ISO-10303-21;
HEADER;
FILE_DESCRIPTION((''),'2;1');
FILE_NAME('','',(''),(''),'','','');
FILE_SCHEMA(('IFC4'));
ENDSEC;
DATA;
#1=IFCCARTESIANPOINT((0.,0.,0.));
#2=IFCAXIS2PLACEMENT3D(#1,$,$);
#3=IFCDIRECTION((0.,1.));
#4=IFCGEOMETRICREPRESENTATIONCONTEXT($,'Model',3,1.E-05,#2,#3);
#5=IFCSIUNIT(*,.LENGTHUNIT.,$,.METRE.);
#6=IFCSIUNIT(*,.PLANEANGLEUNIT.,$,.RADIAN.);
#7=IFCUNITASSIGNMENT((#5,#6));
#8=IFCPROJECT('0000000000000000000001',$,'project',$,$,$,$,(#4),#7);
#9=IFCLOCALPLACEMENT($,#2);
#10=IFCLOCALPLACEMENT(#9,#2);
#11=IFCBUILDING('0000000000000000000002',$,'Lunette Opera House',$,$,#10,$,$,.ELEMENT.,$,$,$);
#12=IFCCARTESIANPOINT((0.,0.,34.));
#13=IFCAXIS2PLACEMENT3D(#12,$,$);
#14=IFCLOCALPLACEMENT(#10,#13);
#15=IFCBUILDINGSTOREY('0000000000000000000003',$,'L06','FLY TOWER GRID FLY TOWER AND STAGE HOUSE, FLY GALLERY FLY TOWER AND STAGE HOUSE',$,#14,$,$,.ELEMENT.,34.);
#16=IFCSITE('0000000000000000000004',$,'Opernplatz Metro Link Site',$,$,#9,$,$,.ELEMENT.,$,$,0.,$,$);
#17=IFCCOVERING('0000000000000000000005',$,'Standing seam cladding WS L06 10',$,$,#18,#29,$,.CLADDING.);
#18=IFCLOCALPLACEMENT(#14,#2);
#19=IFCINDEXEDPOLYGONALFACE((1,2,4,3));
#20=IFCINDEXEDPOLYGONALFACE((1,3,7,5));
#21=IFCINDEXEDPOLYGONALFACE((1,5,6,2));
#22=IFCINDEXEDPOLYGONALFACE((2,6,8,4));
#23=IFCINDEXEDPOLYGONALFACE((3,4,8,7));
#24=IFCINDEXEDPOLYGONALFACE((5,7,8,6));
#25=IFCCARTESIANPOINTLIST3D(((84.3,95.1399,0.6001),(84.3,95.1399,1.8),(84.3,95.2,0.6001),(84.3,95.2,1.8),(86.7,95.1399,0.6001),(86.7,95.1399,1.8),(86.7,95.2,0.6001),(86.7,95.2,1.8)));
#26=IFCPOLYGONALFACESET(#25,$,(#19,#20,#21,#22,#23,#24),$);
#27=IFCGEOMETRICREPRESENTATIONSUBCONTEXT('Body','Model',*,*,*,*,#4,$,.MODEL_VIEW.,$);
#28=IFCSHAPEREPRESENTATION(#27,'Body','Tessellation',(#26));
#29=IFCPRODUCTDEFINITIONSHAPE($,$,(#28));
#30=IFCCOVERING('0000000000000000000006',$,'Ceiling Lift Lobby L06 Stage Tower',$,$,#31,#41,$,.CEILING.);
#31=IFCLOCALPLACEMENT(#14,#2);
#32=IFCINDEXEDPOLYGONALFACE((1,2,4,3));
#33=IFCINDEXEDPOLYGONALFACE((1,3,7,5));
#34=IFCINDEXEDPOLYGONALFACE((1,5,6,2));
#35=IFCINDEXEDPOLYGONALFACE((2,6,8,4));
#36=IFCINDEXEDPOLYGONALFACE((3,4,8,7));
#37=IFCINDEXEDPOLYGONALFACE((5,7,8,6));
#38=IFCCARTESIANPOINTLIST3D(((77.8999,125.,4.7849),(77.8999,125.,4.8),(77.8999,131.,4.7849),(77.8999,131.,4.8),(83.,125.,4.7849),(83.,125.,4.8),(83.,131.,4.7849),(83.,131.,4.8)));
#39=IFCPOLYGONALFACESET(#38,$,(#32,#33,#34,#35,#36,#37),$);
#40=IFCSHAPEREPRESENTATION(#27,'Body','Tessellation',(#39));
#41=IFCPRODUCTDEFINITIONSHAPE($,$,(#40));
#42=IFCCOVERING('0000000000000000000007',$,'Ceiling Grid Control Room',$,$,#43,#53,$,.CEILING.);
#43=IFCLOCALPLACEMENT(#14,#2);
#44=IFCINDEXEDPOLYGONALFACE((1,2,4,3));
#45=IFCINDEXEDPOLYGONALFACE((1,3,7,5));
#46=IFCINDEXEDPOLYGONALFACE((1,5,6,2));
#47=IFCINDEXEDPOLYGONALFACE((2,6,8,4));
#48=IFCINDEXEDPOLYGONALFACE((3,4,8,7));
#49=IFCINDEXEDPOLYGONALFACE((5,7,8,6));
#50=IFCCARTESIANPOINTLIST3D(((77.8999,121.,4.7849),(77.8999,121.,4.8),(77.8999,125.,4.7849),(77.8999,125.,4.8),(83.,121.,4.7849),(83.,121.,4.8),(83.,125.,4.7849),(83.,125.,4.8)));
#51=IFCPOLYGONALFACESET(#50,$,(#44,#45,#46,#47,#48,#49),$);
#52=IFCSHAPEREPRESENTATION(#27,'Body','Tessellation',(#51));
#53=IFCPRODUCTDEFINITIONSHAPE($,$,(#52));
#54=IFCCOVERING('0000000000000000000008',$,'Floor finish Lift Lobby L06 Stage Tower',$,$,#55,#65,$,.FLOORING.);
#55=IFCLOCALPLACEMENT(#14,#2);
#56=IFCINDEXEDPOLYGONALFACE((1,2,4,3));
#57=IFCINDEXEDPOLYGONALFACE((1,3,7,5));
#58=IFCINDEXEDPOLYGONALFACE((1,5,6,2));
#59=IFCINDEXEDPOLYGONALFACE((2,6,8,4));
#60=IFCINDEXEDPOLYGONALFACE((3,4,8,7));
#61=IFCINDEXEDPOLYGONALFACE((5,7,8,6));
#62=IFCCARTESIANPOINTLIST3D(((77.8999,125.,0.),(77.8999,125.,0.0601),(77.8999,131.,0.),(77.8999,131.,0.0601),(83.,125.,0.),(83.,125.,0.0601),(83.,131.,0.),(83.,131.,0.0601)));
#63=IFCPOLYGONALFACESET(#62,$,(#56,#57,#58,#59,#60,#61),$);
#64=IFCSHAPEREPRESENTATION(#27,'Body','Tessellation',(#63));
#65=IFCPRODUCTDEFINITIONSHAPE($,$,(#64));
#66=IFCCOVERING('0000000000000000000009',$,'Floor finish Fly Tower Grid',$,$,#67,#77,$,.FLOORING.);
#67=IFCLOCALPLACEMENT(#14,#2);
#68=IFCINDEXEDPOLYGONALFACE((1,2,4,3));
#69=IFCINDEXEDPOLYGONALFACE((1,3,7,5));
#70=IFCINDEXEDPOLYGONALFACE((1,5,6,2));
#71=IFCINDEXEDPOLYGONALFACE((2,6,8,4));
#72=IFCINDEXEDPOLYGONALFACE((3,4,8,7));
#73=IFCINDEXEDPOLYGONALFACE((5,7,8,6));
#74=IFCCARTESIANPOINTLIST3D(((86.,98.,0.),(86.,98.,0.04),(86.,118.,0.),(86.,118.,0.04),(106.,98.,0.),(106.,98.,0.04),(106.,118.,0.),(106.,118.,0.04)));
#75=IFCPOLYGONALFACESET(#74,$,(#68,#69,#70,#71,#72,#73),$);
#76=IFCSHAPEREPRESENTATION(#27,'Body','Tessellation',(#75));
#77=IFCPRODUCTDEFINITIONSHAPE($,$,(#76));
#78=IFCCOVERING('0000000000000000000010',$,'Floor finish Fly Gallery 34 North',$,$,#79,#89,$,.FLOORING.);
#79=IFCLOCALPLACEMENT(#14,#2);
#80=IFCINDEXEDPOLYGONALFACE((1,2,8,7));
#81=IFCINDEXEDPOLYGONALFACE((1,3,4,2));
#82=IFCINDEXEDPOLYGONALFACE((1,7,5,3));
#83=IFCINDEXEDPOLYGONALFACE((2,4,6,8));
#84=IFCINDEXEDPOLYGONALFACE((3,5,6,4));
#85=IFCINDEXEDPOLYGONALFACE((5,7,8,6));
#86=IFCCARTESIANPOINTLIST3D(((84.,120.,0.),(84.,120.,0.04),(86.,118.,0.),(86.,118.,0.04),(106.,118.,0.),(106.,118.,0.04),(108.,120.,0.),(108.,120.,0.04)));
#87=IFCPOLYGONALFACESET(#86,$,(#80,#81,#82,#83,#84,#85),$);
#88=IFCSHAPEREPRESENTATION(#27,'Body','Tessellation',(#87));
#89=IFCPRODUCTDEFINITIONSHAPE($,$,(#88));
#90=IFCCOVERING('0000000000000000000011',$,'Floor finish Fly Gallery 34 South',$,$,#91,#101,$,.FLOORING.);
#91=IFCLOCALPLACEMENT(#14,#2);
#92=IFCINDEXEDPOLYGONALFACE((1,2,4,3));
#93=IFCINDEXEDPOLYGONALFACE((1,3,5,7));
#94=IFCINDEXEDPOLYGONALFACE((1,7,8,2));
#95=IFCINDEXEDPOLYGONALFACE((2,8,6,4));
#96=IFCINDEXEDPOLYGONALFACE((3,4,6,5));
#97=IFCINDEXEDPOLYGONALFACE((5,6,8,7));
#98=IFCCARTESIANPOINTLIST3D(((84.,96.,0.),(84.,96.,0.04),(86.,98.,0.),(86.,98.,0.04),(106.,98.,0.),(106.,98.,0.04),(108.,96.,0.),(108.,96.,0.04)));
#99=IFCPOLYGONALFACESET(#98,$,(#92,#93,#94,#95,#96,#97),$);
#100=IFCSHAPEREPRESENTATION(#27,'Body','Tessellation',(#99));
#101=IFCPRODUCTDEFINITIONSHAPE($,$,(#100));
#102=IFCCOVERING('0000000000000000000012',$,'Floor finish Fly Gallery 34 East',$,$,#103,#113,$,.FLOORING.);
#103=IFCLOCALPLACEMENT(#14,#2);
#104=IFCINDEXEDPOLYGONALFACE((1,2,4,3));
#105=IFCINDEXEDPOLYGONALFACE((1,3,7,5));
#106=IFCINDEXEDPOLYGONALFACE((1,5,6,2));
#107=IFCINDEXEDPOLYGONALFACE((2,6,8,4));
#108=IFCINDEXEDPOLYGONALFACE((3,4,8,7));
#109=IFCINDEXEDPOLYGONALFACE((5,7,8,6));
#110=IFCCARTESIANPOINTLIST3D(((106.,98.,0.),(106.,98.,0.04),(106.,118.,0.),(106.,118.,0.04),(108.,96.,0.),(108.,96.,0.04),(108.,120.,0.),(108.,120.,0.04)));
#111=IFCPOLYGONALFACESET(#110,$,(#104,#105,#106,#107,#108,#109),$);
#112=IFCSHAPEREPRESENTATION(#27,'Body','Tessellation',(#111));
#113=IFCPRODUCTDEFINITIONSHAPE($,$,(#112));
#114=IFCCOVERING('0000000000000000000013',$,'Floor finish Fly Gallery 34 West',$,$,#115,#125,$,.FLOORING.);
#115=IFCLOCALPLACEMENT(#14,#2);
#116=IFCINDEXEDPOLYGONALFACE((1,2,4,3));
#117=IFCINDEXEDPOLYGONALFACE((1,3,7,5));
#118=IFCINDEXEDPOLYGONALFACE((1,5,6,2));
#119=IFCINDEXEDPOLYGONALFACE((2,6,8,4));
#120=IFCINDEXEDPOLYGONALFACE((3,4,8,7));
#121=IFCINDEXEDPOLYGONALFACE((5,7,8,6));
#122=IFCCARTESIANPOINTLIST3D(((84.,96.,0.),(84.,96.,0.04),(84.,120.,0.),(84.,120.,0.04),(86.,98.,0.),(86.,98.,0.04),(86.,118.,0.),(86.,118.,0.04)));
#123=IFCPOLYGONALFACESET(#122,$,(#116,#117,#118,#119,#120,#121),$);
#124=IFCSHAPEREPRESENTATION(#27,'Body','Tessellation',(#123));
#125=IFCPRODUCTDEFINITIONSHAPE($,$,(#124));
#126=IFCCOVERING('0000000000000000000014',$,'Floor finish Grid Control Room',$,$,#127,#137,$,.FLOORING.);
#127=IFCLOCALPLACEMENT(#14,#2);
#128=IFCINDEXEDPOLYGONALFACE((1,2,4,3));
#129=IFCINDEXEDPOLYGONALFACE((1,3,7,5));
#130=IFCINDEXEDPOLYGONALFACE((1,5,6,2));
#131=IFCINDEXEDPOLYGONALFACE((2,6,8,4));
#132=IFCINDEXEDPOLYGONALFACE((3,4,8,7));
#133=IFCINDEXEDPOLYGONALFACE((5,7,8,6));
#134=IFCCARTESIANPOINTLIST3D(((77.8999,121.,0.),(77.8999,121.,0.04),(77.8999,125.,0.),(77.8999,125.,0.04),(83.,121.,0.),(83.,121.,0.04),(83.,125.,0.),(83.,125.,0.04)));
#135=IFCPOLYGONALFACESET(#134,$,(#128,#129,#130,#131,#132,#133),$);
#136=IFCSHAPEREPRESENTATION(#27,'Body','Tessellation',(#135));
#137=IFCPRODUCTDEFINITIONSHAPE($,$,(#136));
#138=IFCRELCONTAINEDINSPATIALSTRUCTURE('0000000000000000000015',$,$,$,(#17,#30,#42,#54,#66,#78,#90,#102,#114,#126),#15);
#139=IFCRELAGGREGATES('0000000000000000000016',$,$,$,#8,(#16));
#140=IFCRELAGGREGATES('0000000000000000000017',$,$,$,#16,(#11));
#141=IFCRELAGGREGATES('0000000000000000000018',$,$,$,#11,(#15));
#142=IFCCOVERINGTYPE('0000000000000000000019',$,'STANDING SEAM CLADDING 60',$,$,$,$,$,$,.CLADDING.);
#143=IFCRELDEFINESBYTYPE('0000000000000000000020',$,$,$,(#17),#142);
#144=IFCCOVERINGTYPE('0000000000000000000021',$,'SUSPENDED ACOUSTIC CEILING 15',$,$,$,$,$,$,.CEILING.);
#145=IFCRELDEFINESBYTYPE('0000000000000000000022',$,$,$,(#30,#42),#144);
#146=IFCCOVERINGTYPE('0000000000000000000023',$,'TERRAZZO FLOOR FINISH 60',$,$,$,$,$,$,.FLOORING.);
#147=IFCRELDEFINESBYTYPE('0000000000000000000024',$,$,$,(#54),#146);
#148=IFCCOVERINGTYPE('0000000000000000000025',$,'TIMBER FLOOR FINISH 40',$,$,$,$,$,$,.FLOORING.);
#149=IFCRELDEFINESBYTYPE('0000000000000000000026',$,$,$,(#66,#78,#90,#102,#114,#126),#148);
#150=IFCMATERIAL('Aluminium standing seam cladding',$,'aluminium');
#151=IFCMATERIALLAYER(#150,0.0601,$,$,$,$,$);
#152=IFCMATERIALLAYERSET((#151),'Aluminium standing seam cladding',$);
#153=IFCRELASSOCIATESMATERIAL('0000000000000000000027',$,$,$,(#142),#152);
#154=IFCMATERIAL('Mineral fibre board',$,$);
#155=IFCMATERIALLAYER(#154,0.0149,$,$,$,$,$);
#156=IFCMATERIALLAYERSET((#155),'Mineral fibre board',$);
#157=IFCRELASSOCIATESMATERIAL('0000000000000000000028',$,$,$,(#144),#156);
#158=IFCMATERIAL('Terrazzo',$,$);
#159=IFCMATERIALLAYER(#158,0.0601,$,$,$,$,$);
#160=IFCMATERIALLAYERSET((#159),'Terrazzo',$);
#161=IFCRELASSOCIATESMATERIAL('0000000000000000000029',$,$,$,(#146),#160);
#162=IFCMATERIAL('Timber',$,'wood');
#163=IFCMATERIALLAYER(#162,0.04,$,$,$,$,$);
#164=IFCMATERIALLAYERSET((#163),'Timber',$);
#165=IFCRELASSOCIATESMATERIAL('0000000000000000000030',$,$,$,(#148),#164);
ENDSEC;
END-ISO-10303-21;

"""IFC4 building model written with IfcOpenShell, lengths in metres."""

from ifc_helpers import new_model, si_unit, direction, frame, origin, origin_2d, place, context, subcontext, project, spatial, polyline, rectangle, outline, extrude, material, layer, layer_set, type_object, element, save


model = new_model("IFC4")

# Units and contexts
model_context = context("Model", 3, precision=1e-05, world=origin(), true_north=direction((0.0, 1.0)))
body_context = subcontext(model_context, "Body", "Model", "MODEL_VIEW")
ifc_project = project(units=[si_unit("LENGTHUNIT", "METRE"), si_unit("PLANEANGLEUNIT", "RADIAN")], contexts=[model_context])

# Site, building, storey
site_placement = place(None, origin())
site = spatial("IfcSite", under=ifc_project, at=site_placement, Name="Opernplatz Metro Link Site", CompositionType="ELEMENT", RefElevation=0.0)
building_placement = place(site_placement, origin())
building = spatial("IfcBuilding", under=site, at=building_placement, Name="Lunette Opera House", CompositionType="ELEMENT")
storey_placement = place(building_placement, frame((0.0, 0.0, 34.0)))
storey = spatial("IfcBuildingStorey", under=building, at=storey_placement, Name="L06", Description="FLY TOWER GRID FLY TOWER AND STAGE HOUSE, FLY GALLERY FLY TOWER AND STAGE HOUSE", CompositionType="ELEMENT", Elevation=34.0)

# Coverings
ifc_material_1 = material(Name="Aluminium standing seam cladding", Category="aluminium")
ifc_layer_1 = layer(ifc_material_1, 0.0601)
ifc_layer_set_1 = layer_set([ifc_layer_1], Name="Aluminium standing seam cladding")
covering_type_1 = type_object("IfcCoveringType", Name="STANDING SEAM CLADDING 60", PredefinedType="CLADDING", material=ifc_layer_set_1)
covering_1_placement = place(storey_placement, frame((85.5, 95.1699, 0.6001), z_axis=(0.0, 0.0, 1.0), x_axis=(1.0, 0.0, 0.0)))
element("IfcCovering", 1, at=covering_1_placement, inside=storey, type_object=covering_type_1, Name="Standing seam cladding WS L06 10", PredefinedType="CLADDING", context=body_context, shape_type="SweptSolid", body=[
    extrude(rectangle(XDim=2.3999, YDim=0.0601, at=origin_2d()), origin(), (0.0, 0.0, 1.0), 1.2),
])
ifc_material_2 = material(Name="Mineral fibre board")
ifc_layer_2 = layer(ifc_material_2, 0.0149)
ifc_layer_set_2 = layer_set([ifc_layer_2], Name="Mineral fibre board")
covering_type_2 = type_object("IfcCoveringType", Name="SUSPENDED ACOUSTIC CEILING 15", PredefinedType="CEILING", material=ifc_layer_set_2)
covering_2_placement = place(storey_placement, frame((0.0, 0.0, 4.7849)))
element("IfcCovering", 2, at=covering_2_placement, inside=storey, type_object=covering_type_2, Name="Ceiling Lift Lobby L06 Stage Tower", PredefinedType="CEILING", context=body_context, shape_type="SweptSolid", body=[
    extrude(outline(polyline([(83.0, 125.0), (83.0, 131.0), (77.8999, 131.0), (77.8999, 125.0), (83.0, 125.0)])), origin(), (0.0, 0.0, 1.0), 0.0151),
])
covering_3_placement = place(storey_placement, frame((0.0, 0.0, 4.7849)))
element("IfcCovering", 3, at=covering_3_placement, inside=storey, type_object=covering_type_2, Name="Ceiling Grid Control Room", PredefinedType="CEILING", context=body_context, shape_type="SweptSolid", body=[
    extrude(outline(polyline([(77.8999, 125.0), (83.0, 125.0), (83.0, 121.0), (77.8999, 121.0), (77.8999, 125.0)])), origin(), (0.0, 0.0, 1.0), 0.0151),
])
ifc_material_3 = material(Name="Terrazzo")
ifc_layer_3 = layer(ifc_material_3, 0.0601)
ifc_layer_set_3 = layer_set([ifc_layer_3], Name="Terrazzo")
covering_type_3 = type_object("IfcCoveringType", Name="TERRAZZO FLOOR FINISH 60", PredefinedType="FLOORING", material=ifc_layer_set_3)
covering_4_placement = place(storey_placement, origin())
element("IfcCovering", 4, at=covering_4_placement, inside=storey, type_object=covering_type_3, Name="Floor finish Lift Lobby L06 Stage Tower", PredefinedType="FLOORING", context=body_context, shape_type="SweptSolid", body=[
    extrude(outline(polyline([(83.0, 125.0), (83.0, 131.0), (77.8999, 131.0), (77.8999, 125.0), (83.0, 125.0)])), origin(), (0.0, 0.0, 1.0), 0.0601),
])
ifc_material_4 = material(Name="Timber", Category="wood")
ifc_layer_4 = layer(ifc_material_4, 0.04)
ifc_layer_set_4 = layer_set([ifc_layer_4], Name="Timber")
covering_type_4 = type_object("IfcCoveringType", Name="TIMBER FLOOR FINISH 40", PredefinedType="FLOORING", material=ifc_layer_set_4)
covering_5_placement = place(storey_placement, origin())
element("IfcCovering", 5, at=covering_5_placement, inside=storey, type_object=covering_type_4, Name="Floor finish Fly Tower Grid", PredefinedType="FLOORING", context=body_context, shape_type="SweptSolid", body=[
    extrude(outline(polyline([(106.0, 98.0), (86.0, 98.0), (86.0, 118.0), (106.0, 118.0), (106.0, 98.0)])), origin(), (0.0, 0.0, 1.0), 0.04),
])
covering_6_placement = place(storey_placement, origin())
element("IfcCovering", 6, at=covering_6_placement, inside=storey, type_object=covering_type_4, Name="Floor finish Fly Gallery 34 North", PredefinedType="FLOORING", context=body_context, shape_type="SweptSolid", body=[
    extrude(outline(polyline([(106.0, 118.0), (86.0, 118.0), (84.0, 120.0), (108.0, 120.0), (106.0, 118.0)])), origin(), (0.0, 0.0, 1.0), 0.04),
])
covering_7_placement = place(storey_placement, origin())
element("IfcCovering", 7, at=covering_7_placement, inside=storey, type_object=covering_type_4, Name="Floor finish Fly Gallery 34 South", PredefinedType="FLOORING", context=body_context, shape_type="SweptSolid", body=[
    extrude(outline(polyline([(86.0, 98.0), (106.0, 98.0), (108.0, 96.0), (84.0, 96.0), (86.0, 98.0)])), origin(), (0.0, 0.0, 1.0), 0.04),
])
covering_8_placement = place(storey_placement, origin())
element("IfcCovering", 8, at=covering_8_placement, inside=storey, type_object=covering_type_4, Name="Floor finish Fly Gallery 34 East", PredefinedType="FLOORING", context=body_context, shape_type="SweptSolid", body=[
    extrude(outline(polyline([(106.0, 98.0), (106.0, 118.0), (108.0, 120.0), (108.0, 96.0), (106.0, 98.0)])), origin(), (0.0, 0.0, 1.0), 0.04),
])
covering_9_placement = place(storey_placement, origin())
element("IfcCovering", 9, at=covering_9_placement, inside=storey, type_object=covering_type_4, Name="Floor finish Fly Gallery 34 West", PredefinedType="FLOORING", context=body_context, shape_type="SweptSolid", body=[
    extrude(outline(polyline([(86.0, 118.0), (86.0, 98.0), (84.0, 96.0), (84.0, 120.0), (86.0, 118.0)])), origin(), (0.0, 0.0, 1.0), 0.04),
])
covering_10_placement = place(storey_placement, origin())
element("IfcCovering", 10, at=covering_10_placement, inside=storey, type_object=covering_type_4, Name="Floor finish Grid Control Room", PredefinedType="FLOORING", context=body_context, shape_type="SweptSolid", body=[
    extrude(outline(polyline([(77.8999, 125.0), (83.0, 125.0), (83.0, 121.0), (77.8999, 121.0), (77.8999, 125.0)])), origin(), (0.0, 0.0, 1.0), 0.04),
])

save(model, "model.ifc")
